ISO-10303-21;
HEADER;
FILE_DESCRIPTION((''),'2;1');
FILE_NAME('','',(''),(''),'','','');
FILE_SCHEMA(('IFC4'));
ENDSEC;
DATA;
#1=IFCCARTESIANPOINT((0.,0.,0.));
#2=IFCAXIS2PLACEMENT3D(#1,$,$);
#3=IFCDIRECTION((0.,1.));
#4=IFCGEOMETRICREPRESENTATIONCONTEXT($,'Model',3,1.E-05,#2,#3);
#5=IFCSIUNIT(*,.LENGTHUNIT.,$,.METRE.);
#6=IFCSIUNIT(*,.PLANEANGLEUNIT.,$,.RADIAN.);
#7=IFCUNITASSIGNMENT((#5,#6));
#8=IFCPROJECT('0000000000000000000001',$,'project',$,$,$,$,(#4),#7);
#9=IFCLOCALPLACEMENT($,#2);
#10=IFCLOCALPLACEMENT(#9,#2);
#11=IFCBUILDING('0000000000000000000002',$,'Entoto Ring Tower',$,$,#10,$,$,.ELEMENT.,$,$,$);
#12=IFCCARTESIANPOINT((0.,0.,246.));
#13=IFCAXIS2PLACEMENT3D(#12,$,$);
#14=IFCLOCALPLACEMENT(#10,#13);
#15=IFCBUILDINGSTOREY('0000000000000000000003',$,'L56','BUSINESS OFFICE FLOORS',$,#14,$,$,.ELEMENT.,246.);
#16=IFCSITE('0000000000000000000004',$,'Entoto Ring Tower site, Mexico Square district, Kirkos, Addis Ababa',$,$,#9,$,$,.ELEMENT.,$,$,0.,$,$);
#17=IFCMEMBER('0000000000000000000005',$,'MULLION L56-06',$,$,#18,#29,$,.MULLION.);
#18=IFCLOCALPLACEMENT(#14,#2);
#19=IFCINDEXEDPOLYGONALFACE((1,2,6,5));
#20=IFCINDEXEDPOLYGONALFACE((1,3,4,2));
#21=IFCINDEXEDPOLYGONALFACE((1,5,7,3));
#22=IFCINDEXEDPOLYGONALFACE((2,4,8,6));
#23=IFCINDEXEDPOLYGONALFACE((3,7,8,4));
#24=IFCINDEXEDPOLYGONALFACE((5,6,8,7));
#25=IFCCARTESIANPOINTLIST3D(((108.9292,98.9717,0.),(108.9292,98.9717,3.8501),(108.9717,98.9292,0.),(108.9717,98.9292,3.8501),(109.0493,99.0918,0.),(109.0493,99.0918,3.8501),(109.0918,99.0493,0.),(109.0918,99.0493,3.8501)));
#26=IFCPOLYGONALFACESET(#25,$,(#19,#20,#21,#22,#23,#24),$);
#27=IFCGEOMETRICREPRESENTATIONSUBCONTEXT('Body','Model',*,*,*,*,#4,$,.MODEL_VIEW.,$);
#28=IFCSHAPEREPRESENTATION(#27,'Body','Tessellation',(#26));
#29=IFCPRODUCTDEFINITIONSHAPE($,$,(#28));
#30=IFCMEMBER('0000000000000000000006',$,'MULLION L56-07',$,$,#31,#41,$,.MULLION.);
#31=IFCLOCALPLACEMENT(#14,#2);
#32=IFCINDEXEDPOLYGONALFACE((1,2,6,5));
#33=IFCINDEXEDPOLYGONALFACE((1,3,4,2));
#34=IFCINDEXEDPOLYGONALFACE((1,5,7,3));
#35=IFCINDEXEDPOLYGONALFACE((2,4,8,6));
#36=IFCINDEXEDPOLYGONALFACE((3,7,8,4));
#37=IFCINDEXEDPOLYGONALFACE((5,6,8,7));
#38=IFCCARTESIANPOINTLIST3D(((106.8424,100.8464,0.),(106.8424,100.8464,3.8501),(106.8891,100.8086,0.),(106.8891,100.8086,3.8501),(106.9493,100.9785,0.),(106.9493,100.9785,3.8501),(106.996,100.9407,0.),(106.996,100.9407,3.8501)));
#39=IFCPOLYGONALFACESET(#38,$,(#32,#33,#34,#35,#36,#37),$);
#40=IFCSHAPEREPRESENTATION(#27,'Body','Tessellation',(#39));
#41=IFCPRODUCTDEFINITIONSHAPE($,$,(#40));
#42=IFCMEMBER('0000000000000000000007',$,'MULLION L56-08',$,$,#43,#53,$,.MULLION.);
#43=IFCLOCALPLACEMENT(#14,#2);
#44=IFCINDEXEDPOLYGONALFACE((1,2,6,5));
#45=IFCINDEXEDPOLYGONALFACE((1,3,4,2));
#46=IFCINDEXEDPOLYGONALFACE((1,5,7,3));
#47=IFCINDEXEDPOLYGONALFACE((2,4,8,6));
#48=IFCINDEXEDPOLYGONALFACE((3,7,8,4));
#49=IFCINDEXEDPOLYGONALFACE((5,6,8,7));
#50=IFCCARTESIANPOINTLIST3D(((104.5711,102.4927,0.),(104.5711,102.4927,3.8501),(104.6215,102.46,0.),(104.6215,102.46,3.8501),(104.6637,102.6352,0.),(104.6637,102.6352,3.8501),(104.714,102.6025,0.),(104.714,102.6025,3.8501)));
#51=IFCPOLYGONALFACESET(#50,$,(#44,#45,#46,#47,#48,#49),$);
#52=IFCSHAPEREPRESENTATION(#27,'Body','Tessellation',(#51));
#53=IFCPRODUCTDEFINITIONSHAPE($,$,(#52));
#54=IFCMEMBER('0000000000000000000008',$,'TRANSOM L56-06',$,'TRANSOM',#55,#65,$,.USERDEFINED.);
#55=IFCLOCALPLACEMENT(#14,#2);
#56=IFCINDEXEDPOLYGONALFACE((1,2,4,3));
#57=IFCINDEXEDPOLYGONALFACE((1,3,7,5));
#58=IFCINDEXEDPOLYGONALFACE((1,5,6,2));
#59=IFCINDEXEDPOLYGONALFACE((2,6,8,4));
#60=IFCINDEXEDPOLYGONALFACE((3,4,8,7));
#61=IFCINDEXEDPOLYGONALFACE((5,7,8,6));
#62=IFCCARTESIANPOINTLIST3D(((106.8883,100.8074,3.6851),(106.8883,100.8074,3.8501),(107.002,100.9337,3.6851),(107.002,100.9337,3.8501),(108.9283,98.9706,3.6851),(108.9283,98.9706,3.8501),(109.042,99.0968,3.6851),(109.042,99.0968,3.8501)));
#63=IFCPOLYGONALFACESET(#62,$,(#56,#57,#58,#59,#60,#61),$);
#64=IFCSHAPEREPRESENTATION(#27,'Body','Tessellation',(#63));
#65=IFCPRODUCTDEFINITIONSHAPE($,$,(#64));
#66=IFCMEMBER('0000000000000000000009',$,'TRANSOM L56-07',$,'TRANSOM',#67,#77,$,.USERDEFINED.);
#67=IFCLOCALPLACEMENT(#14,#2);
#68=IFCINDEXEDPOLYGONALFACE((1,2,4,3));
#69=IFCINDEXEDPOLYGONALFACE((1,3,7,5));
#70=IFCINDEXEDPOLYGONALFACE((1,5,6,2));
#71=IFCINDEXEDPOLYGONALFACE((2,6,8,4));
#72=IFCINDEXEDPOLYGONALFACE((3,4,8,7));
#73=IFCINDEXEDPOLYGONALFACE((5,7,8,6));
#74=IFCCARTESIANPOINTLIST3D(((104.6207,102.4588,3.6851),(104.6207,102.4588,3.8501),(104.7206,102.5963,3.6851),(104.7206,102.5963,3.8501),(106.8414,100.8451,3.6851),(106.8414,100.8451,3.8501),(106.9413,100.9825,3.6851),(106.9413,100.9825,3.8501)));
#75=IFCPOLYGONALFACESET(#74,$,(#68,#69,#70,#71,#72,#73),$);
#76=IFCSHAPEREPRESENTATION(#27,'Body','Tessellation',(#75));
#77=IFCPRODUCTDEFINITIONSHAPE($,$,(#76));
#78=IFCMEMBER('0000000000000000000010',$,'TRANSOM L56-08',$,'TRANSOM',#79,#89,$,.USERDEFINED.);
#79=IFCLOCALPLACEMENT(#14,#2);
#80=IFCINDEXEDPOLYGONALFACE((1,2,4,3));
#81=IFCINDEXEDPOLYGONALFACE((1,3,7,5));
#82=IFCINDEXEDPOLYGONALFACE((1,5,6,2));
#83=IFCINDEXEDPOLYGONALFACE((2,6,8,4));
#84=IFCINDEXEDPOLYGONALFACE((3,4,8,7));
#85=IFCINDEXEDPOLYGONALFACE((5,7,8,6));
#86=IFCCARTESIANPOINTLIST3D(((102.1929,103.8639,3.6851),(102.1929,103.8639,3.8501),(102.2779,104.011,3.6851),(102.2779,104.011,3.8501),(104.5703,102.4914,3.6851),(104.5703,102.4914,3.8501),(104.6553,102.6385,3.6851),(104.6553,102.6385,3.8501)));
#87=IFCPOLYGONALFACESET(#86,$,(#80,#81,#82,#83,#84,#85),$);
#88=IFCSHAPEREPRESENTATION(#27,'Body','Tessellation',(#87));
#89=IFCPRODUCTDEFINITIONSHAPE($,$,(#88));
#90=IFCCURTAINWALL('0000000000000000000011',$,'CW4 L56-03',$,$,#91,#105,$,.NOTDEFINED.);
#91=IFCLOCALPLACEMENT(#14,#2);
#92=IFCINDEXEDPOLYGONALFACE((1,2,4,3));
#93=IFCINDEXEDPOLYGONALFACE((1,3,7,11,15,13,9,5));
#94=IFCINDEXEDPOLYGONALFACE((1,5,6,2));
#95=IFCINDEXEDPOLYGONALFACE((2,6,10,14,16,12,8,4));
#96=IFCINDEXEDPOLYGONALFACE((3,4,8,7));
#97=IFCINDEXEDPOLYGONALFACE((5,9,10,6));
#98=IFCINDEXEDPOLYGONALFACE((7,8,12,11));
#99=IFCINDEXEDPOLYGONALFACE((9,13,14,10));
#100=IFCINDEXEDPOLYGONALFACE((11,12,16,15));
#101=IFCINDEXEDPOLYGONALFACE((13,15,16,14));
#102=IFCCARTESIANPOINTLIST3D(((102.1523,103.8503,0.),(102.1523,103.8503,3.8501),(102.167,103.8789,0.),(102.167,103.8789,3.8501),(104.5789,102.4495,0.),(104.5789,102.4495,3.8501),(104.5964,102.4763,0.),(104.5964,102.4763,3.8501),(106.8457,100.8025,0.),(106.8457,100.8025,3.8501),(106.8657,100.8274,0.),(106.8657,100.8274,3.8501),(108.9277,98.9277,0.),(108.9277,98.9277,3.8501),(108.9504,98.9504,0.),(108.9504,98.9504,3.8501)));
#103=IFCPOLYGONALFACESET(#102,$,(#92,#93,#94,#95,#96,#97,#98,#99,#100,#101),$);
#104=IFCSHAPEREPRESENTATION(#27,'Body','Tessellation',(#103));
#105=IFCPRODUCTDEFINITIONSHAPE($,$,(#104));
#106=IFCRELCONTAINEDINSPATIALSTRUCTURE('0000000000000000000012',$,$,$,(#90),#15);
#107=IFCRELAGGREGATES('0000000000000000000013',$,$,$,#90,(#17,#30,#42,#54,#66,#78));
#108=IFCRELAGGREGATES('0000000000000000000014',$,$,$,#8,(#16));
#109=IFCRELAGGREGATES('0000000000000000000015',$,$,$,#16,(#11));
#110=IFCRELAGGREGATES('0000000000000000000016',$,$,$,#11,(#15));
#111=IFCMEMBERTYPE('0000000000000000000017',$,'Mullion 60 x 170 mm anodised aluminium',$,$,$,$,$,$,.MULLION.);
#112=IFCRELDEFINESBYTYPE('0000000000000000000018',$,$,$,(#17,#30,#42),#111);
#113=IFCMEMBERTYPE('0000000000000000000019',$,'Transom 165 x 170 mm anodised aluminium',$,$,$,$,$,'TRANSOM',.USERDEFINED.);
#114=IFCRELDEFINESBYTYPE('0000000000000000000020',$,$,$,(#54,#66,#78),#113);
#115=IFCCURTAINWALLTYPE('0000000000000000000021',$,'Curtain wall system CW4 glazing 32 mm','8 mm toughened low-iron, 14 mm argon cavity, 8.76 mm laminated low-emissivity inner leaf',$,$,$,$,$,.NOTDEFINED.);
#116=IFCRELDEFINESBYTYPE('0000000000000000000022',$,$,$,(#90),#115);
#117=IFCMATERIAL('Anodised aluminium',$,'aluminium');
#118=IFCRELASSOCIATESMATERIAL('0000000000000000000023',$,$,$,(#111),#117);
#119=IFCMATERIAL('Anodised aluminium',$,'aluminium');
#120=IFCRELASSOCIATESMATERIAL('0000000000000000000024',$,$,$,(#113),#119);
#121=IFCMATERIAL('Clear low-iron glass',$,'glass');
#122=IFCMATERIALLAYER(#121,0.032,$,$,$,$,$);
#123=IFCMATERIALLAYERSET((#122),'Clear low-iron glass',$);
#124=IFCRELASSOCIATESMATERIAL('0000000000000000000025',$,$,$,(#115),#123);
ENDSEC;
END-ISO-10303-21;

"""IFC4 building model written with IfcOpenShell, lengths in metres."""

from ifc_helpers import new_model, si_unit, direction, frame, origin, origin_2d, place, context, subcontext, project, spatial, polyline, rectangle, outline, extrude, material, layer, layer_set, material_profile, profile_set, type_object, element, aggregate, save


model = new_model("IFC4")

# Units and contexts
model_context = context("Model", 3, precision=1e-05, world=origin(), true_north=direction((0.0, 1.0)))
body_context = subcontext(model_context, "Body", "Model", "MODEL_VIEW")
ifc_project = project(units=[si_unit("LENGTHUNIT", "METRE"), si_unit("PLANEANGLEUNIT", "RADIAN")], contexts=[model_context])

# Members
ifc_material_1 = material(Name="Anodised aluminium", Category="aluminium")
ifc_material_profile_1 = material_profile(ifc_material_1, rectangle(XDim=0.0601, YDim=0.1699, at=origin_2d()), Name="Mullion 60 x 170 mm anodised aluminium")
ifc_profile_set_1 = profile_set([ifc_material_profile_1], Name="Anodised aluminium")
member_type_1 = type_object("IfcMemberType", Name="Mullion 60 x 170 mm anodised aluminium", PredefinedType="MULLION", material=ifc_profile_set_1)
site_placement = place(None, origin())
building_placement = place(site_placement, origin())
storey_placement = place(building_placement, frame((0.0, 0.0, 246.0)))
member_1_placement = place(storey_placement, frame((109.0105, 99.0105, 0.0), z_axis=(0.0, 0.0, 1.0), x_axis=(-0.707107, 0.707107, 0.0)))
member_1 = element("IfcMember", 1, at=member_1_placement, type_object=member_type_1, Name="MULLION L56-06", PredefinedType="MULLION", context=body_context, shape_type="SweptSolid", body=[
    extrude(rectangle(XDim=0.0601, YDim=0.1699, at=origin_2d()), origin(), (0.0, 0.0, 1.0), 3.8501),
])
member_2_placement = place(storey_placement, frame((106.9192, 100.8936, 0.0), z_axis=(0.0, 0.0, 1.0), x_axis=(-0.777146, 0.62932, 0.0)))
member_2 = element("IfcMember", 2, at=member_2_placement, type_object=member_type_1, Name="MULLION L56-07", PredefinedType="MULLION", context=body_context, shape_type="SweptSolid", body=[
    extrude(rectangle(XDim=0.0601, YDim=0.1699, at=origin_2d()), origin(), (0.0, 0.0, 1.0), 3.8501),
])
member_3_placement = place(storey_placement, frame((104.6426, 102.5476, 0.0), z_axis=(0.0, 0.0, 1.0), x_axis=(-0.838671, 0.544639, 0.0)))
member_3 = element("IfcMember", 3, at=member_3_placement, type_object=member_type_1, Name="MULLION L56-08", PredefinedType="MULLION", context=body_context, shape_type="SweptSolid", body=[
    extrude(rectangle(XDim=0.0601, YDim=0.1699, at=origin_2d()), origin(), (0.0, 0.0, 1.0), 3.8501),
])
ifc_material_2 = material(Name="Anodised aluminium", Category="aluminium")
ifc_material_profile_2 = material_profile(ifc_material_2, rectangle(XDim=0.1699, YDim=0.165, at=origin_2d()), Name="Transom 165 x 170 mm anodised aluminium")
ifc_profile_set_2 = profile_set([ifc_material_profile_2], Name="Anodised aluminium")
member_type_2 = type_object("IfcMemberType", Name="Transom 165 x 170 mm anodised aluminium", ElementType="TRANSOM", PredefinedType="USERDEFINED", material=ifc_profile_set_2)
member_4_placement = place(storey_placement, frame((108.9851, 99.0337, 3.7676), z_axis=(-0.743135, 0.669142, 0.0), x_axis=(-0.669142, -0.743135, 0.0)))
member_4 = element("IfcMember", 4, at=member_4_placement, type_object=member_type_2, Name="TRANSOM L56-06", ObjectType="TRANSOM", PredefinedType="USERDEFINED", context=body_context, shape_type="SweptSolid", body=[
    extrude(rectangle(XDim=0.1699, YDim=0.165, at=origin_2d()), origin(), (0.0, 0.0, 1.0), 2.7451),
])
member_5_placement = place(storey_placement, frame((106.8914, 100.9138, 3.7676), z_axis=(-0.808959, 0.587865, 0.0), x_axis=(-0.587865, -0.808959, 0.0)))
member_5 = element("IfcMember", 5, at=member_5_placement, type_object=member_type_2, Name="TRANSOM L56-07", ObjectType="TRANSOM", PredefinedType="USERDEFINED", context=body_context, shape_type="SweptSolid", body=[
    extrude(rectangle(XDim=0.1699, YDim=0.165, at=origin_2d()), origin(), (0.0, 0.0, 1.0), 2.7451),
])
member_6_placement = place(storey_placement, frame((104.6128, 102.5649, 3.7676), z_axis=(-0.866035, 0.499984, 0.0), x_axis=(-0.499984, -0.866035, 0.0)))
member_6 = element("IfcMember", 6, at=member_6_placement, type_object=member_type_2, Name="TRANSOM L56-08", ObjectType="TRANSOM", PredefinedType="USERDEFINED", context=body_context, shape_type="SweptSolid", body=[
    extrude(rectangle(XDim=0.1699, YDim=0.165, at=origin_2d()), origin(), (0.0, 0.0, 1.0), 2.7451),
])

# Site, building, storey
site = spatial("IfcSite", under=ifc_project, at=site_placement, Name="Entoto Ring Tower site, Mexico Square district, Kirkos, Addis Ababa", CompositionType="ELEMENT", RefElevation=0.0)
building = spatial("IfcBuilding", under=site, at=building_placement, Name="Entoto Ring Tower", CompositionType="ELEMENT")
storey = spatial("IfcBuildingStorey", under=building, at=storey_placement, Name="L56", Description="BUSINESS OFFICE FLOORS", CompositionType="ELEMENT", Elevation=246.0)

# Curtain wall
ifc_material_3 = material(Name="Clear low-iron glass", Category="glass")
ifc_layer = layer(ifc_material_3, 0.032)
ifc_layer_set = layer_set([ifc_layer], Name="Clear low-iron glass")
curtain_wall_type = type_object("IfcCurtainWallType", Name="Curtain wall system CW4 glazing 32 mm", Description="8 mm toughened low-iron, 14 mm argon cavity, 8.76 mm laminated low-emissivity inner leaf", PredefinedType="NOTDEFINED", material=ifc_layer_set)
curtain_wall_1_placement = place(storey_placement, origin())
curtain_wall_1 = element("IfcCurtainWall", 7, at=curtain_wall_1_placement, inside=storey, type_object=curtain_wall_type, Name="CW4 L56-03", PredefinedType="NOTDEFINED", context=body_context, shape_type="SweptSolid", body=[
    extrude(outline(polyline([(108.9504, 98.9504), (106.8657, 100.8274), (104.5964, 102.4763), (102.167, 103.8789), (102.1523, 103.8503), (104.5789, 102.4495), (106.8457, 100.8025), (108.9277, 98.9277), (108.9504, 98.9504)])), origin(), (0.0, 0.0, 1.0), 3.8501),
])
aggregate(curtain_wall_1, [member_1, member_2, member_3, member_4, member_5, member_6])

save(model, "model.ifc")
